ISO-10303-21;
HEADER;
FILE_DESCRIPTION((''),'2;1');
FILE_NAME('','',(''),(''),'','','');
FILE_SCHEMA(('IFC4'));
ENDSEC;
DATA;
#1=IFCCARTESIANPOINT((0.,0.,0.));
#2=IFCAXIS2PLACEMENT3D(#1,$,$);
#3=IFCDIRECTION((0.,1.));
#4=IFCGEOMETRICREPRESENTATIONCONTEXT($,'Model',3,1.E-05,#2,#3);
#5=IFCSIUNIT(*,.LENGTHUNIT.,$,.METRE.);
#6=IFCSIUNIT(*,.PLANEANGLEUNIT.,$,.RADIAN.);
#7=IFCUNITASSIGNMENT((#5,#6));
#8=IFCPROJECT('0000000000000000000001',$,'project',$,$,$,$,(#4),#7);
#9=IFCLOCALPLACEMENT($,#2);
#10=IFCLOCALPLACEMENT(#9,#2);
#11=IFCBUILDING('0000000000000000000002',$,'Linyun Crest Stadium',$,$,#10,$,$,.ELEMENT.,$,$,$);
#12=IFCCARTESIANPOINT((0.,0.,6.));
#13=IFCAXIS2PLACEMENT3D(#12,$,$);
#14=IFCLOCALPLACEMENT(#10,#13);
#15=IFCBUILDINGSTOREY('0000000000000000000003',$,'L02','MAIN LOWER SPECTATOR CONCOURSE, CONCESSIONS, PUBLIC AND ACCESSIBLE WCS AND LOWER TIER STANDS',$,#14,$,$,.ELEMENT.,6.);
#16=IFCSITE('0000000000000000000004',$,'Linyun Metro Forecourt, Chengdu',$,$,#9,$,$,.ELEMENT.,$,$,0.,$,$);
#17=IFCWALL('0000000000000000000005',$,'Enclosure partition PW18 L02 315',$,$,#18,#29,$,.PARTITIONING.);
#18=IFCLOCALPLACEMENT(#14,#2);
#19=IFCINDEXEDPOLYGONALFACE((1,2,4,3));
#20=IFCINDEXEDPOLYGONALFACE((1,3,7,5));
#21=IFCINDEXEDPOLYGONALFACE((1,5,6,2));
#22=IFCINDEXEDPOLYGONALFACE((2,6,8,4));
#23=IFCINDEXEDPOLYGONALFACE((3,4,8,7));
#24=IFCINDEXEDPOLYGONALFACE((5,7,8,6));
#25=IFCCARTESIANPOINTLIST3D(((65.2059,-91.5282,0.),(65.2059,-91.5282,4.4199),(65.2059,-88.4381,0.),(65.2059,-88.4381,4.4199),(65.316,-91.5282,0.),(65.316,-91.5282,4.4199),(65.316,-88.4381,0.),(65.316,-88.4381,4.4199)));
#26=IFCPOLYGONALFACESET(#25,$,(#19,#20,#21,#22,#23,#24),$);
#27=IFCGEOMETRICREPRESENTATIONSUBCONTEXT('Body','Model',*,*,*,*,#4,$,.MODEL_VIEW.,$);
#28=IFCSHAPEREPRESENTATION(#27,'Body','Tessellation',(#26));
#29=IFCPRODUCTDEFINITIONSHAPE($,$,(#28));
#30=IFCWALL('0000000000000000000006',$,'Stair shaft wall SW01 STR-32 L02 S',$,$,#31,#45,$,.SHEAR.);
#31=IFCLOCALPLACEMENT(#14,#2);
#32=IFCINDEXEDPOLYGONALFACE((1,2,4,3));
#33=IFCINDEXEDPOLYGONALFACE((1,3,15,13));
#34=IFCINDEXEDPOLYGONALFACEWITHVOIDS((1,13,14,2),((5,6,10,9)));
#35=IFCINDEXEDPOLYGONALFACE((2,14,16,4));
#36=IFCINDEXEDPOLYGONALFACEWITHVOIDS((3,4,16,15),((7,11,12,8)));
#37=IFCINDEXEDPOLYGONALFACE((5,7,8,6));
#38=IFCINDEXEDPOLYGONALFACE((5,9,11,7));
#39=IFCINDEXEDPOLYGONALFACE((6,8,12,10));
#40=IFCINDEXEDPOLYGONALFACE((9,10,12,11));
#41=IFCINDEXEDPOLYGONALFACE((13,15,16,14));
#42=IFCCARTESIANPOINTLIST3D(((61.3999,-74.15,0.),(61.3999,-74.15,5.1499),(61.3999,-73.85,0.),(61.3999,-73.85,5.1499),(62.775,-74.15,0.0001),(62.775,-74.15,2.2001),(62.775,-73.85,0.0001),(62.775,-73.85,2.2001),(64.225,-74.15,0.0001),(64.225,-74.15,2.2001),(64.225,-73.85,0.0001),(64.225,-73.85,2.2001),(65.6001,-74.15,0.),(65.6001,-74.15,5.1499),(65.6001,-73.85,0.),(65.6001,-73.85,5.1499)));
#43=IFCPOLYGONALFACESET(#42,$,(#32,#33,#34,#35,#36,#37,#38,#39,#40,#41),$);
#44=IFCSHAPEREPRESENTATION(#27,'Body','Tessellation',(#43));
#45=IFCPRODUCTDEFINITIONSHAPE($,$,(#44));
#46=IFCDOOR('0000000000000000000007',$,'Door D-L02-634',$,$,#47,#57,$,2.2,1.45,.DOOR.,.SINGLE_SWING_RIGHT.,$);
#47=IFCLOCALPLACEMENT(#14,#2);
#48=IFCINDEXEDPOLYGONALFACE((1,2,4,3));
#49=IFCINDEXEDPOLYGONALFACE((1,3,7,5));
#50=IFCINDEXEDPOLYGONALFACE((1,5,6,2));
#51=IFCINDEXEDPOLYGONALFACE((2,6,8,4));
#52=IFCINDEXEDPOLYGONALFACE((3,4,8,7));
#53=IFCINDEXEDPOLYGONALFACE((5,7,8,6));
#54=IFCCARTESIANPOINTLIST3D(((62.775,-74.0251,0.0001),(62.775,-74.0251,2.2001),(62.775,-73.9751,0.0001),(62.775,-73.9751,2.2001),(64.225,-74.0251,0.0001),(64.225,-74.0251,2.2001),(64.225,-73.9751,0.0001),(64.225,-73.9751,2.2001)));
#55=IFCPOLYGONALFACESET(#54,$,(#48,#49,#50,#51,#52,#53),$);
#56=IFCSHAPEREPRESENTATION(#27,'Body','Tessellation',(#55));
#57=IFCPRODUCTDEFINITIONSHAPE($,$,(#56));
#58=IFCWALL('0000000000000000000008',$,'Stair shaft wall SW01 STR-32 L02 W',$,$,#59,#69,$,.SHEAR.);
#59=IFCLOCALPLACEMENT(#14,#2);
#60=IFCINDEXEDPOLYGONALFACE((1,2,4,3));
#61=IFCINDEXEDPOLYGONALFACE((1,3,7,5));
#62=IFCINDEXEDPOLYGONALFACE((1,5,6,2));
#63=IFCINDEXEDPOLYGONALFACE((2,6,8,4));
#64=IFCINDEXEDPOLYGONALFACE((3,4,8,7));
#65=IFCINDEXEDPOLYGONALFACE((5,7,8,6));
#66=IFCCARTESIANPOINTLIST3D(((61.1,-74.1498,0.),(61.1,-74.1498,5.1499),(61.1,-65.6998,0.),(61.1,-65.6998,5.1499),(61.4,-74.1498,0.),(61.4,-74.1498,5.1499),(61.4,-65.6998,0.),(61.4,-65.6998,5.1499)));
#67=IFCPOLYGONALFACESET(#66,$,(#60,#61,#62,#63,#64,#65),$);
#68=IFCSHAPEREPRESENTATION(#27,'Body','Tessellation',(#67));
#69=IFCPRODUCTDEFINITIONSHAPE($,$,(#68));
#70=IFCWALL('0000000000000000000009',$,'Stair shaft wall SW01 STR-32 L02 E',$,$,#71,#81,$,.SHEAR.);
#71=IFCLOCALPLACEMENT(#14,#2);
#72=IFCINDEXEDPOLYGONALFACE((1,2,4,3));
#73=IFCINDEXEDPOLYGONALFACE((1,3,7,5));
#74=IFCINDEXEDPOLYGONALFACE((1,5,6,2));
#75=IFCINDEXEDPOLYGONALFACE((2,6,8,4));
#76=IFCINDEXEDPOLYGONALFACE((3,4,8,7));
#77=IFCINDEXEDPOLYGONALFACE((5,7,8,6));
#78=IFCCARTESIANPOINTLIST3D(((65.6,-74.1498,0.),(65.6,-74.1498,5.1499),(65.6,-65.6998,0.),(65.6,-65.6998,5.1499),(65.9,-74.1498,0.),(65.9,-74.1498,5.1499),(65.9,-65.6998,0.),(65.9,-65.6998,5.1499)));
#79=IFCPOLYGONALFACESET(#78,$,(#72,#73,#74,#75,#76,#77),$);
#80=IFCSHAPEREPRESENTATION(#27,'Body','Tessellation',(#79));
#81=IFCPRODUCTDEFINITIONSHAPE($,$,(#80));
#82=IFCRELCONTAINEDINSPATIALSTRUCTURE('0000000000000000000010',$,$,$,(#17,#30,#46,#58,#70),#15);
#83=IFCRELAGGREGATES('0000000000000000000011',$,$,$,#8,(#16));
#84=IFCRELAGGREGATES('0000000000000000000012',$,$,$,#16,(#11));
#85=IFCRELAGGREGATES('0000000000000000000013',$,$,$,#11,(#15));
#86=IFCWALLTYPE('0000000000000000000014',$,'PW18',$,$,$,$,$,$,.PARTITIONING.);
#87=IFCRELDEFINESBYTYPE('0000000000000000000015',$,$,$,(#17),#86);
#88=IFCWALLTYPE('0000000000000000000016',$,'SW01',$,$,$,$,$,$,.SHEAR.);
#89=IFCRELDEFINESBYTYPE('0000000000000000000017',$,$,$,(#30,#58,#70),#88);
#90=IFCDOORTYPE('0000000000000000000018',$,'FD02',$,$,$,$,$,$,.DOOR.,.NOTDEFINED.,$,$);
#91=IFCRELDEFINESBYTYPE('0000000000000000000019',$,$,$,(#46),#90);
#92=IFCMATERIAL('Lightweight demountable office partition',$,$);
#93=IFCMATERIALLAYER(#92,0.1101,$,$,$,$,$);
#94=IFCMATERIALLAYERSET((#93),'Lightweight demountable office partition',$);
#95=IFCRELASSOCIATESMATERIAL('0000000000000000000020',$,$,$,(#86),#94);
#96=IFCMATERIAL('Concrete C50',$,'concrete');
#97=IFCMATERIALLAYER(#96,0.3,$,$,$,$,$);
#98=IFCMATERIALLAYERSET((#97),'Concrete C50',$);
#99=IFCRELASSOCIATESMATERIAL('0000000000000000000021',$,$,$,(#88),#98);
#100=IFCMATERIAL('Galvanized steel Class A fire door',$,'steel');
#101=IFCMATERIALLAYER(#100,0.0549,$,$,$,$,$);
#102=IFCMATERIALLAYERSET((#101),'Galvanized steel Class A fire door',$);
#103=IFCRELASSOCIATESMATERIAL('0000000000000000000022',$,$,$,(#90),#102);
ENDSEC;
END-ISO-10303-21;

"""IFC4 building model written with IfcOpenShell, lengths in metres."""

from ifc_helpers import new_model, si_unit, direction, frame, frame_2d, origin, place, context, subcontext, project, spatial, rectangle, extrude, material, layer, layer_set, type_object, element, fill, save


model = new_model("IFC4")

# Units and contexts
model_context = context("Model", 3, precision=1e-05, world=origin(), true_north=direction((0.0, 1.0)))
body_context = subcontext(model_context, "Body", "Model", "MODEL_VIEW")
ifc_project = project(units=[si_unit("LENGTHUNIT", "METRE"), si_unit("PLANEANGLEUNIT", "RADIAN")], contexts=[model_context])

# Site, building, storey
site_placement = place(None, origin())
site = spatial("IfcSite", under=ifc_project, at=site_placement, Name="Linyun Metro Forecourt, Chengdu", CompositionType="ELEMENT", RefElevation=0.0)
building_placement = place(site_placement, origin())
building = spatial("IfcBuilding", under=site, at=building_placement, Name="Linyun Crest Stadium", CompositionType="ELEMENT")
storey_placement = place(building_placement, frame((0.0, 0.0, 6.0)))
storey = spatial("IfcBuildingStorey", under=building, at=storey_placement, Name="L02", Description="MAIN LOWER SPECTATOR CONCOURSE, CONCESSIONS, PUBLIC AND ACCESSIBLE WCS AND LOWER TIER STANDS", CompositionType="ELEMENT", Elevation=6.0)

# Shared definitions
ifc_material_1 = material(Name="Lightweight demountable office partition")
ifc_layer_1 = layer(ifc_material_1, 0.1101)
ifc_layer_set_1 = layer_set([ifc_layer_1], Name="Lightweight demountable office partition")
wall_type_1 = type_object("IfcWallType", Name="PW18", PredefinedType="PARTITIONING", material=ifc_layer_set_1)

# Wall
for number, where, z_axis, x_axis, name in (
    (1, (65.261, -91.5281, 0.0), (0.0, 0.0, 1.0), (0.0, 1.0, 0.0), "Enclosure partition PW18 L02 315"),
):
    element("IfcWall", number, at=place(storey_placement, frame(where, z_axis=z_axis, x_axis=x_axis)), inside=storey, type_object=wall_type_1, Name=name, PredefinedType="PARTITIONING", context=body_context, shape_type="SweptSolid", body=[
        extrude(rectangle(XDim=3.0901, YDim=0.1101, at=frame_2d((1.5449, 0.0))), origin(), (0.0, 0.0, 1.0), 4.4199),
    ])

# Wall, opening, door
ifc_material_2 = material(Name="Concrete C50", Category="concrete")
ifc_layer_2 = layer(ifc_material_2, 0.3)
ifc_layer_set_2 = layer_set([ifc_layer_2], Name="Concrete C50")
wall_type_2 = type_object("IfcWallType", Name="SW01", PredefinedType="SHEAR", material=ifc_layer_set_2)
wall_1_placement = place(storey_placement, frame((61.3999, -74.0, 0.0), z_axis=(0.0, 0.0, 1.0), x_axis=(1.0, 0.0, 0.0)))
wall_1 = element("IfcWall", 2, at=wall_1_placement, inside=storey, type_object=wall_type_2, Name="Stair shaft wall SW01 STR-32 L02 S", PredefinedType="SHEAR", context=body_context, shape_type="SweptSolid", body=[
    extrude(rectangle(XDim=4.2002, YDim=0.3, at=frame_2d((2.1001, 0.0))), origin(), (0.0, 0.0, 1.0), 5.1499),
])
opening_1_placement = place(wall_1_placement, frame((1.375, 0.0, 0.0)))
opening_1 = element("IfcOpeningElement", 3, at=opening_1_placement, cuts=wall_1, PredefinedType="OPENING", context=body_context, shape_type="SweptSolid", body=[
    extrude(rectangle(XDim=1.45, YDim=2.2, at=frame_2d((0.7251, 1.1001))), frame((0.0, 0.1599, 0.0), z_axis=(0.0, -1.0, 0.0), x_axis=(1.0, 0.0, 0.0)), (0.0, 0.0, 1.0), 0.3201),
])
ifc_material_3 = material(Name="Galvanized steel Class A fire door", Category="steel")
ifc_layer_3 = layer(ifc_material_3, 0.0549)
ifc_layer_set_3 = layer_set([ifc_layer_3], Name="Galvanized steel Class A fire door")
door_type_1 = type_object("IfcDoorType", Name="FD02", OperationType="NOTDEFINED", PredefinedType="DOOR", material=ifc_layer_set_3)
door_1_placement = place(opening_1_placement, origin())
door_1 = element("IfcDoor", 4, at=door_1_placement, inside=storey, type_object=door_type_1, Name="Door D-L02-634", OperationType="SINGLE_SWING_RIGHT", OverallHeight=2.2, OverallWidth=1.45, PredefinedType="DOOR", context=body_context, shape_type="SweptSolid", body=[
    extrude(rectangle(XDim=1.45, YDim=2.2, at=frame_2d((0.7251, 1.1001))), frame((0.0, 0.0249, 0.0), z_axis=(0.0, -1.0, 0.0), x_axis=(1.0, 0.0, 0.0)), (0.0, 0.0, 1.0), 0.05),
])
fill(opening_1, door_1)

# Walls
for number, where, z_axis, x_axis, name in (
    (5, (61.25, -74.1499, 0.0), (0.0, 0.0, 1.0), (0.0, 1.0, 0.0), "Stair shaft wall SW01 STR-32 L02 W"),
    (6, (65.75, -74.1499, 0.0), (0.0, 0.0, 1.0), (0.0, 1.0, 0.0), "Stair shaft wall SW01 STR-32 L02 E"),
):
    element("IfcWall", number, at=place(storey_placement, frame(where, z_axis=z_axis, x_axis=x_axis)), inside=storey, type_object=wall_type_2, Name=name, PredefinedType="SHEAR", context=body_context, shape_type="SweptSolid", body=[
        extrude(rectangle(XDim=8.45, YDim=0.3, at=frame_2d((4.2251, 0.0))), origin(), (0.0, 0.0, 1.0), 5.1499),
    ])

save(model, "model.ifc")
